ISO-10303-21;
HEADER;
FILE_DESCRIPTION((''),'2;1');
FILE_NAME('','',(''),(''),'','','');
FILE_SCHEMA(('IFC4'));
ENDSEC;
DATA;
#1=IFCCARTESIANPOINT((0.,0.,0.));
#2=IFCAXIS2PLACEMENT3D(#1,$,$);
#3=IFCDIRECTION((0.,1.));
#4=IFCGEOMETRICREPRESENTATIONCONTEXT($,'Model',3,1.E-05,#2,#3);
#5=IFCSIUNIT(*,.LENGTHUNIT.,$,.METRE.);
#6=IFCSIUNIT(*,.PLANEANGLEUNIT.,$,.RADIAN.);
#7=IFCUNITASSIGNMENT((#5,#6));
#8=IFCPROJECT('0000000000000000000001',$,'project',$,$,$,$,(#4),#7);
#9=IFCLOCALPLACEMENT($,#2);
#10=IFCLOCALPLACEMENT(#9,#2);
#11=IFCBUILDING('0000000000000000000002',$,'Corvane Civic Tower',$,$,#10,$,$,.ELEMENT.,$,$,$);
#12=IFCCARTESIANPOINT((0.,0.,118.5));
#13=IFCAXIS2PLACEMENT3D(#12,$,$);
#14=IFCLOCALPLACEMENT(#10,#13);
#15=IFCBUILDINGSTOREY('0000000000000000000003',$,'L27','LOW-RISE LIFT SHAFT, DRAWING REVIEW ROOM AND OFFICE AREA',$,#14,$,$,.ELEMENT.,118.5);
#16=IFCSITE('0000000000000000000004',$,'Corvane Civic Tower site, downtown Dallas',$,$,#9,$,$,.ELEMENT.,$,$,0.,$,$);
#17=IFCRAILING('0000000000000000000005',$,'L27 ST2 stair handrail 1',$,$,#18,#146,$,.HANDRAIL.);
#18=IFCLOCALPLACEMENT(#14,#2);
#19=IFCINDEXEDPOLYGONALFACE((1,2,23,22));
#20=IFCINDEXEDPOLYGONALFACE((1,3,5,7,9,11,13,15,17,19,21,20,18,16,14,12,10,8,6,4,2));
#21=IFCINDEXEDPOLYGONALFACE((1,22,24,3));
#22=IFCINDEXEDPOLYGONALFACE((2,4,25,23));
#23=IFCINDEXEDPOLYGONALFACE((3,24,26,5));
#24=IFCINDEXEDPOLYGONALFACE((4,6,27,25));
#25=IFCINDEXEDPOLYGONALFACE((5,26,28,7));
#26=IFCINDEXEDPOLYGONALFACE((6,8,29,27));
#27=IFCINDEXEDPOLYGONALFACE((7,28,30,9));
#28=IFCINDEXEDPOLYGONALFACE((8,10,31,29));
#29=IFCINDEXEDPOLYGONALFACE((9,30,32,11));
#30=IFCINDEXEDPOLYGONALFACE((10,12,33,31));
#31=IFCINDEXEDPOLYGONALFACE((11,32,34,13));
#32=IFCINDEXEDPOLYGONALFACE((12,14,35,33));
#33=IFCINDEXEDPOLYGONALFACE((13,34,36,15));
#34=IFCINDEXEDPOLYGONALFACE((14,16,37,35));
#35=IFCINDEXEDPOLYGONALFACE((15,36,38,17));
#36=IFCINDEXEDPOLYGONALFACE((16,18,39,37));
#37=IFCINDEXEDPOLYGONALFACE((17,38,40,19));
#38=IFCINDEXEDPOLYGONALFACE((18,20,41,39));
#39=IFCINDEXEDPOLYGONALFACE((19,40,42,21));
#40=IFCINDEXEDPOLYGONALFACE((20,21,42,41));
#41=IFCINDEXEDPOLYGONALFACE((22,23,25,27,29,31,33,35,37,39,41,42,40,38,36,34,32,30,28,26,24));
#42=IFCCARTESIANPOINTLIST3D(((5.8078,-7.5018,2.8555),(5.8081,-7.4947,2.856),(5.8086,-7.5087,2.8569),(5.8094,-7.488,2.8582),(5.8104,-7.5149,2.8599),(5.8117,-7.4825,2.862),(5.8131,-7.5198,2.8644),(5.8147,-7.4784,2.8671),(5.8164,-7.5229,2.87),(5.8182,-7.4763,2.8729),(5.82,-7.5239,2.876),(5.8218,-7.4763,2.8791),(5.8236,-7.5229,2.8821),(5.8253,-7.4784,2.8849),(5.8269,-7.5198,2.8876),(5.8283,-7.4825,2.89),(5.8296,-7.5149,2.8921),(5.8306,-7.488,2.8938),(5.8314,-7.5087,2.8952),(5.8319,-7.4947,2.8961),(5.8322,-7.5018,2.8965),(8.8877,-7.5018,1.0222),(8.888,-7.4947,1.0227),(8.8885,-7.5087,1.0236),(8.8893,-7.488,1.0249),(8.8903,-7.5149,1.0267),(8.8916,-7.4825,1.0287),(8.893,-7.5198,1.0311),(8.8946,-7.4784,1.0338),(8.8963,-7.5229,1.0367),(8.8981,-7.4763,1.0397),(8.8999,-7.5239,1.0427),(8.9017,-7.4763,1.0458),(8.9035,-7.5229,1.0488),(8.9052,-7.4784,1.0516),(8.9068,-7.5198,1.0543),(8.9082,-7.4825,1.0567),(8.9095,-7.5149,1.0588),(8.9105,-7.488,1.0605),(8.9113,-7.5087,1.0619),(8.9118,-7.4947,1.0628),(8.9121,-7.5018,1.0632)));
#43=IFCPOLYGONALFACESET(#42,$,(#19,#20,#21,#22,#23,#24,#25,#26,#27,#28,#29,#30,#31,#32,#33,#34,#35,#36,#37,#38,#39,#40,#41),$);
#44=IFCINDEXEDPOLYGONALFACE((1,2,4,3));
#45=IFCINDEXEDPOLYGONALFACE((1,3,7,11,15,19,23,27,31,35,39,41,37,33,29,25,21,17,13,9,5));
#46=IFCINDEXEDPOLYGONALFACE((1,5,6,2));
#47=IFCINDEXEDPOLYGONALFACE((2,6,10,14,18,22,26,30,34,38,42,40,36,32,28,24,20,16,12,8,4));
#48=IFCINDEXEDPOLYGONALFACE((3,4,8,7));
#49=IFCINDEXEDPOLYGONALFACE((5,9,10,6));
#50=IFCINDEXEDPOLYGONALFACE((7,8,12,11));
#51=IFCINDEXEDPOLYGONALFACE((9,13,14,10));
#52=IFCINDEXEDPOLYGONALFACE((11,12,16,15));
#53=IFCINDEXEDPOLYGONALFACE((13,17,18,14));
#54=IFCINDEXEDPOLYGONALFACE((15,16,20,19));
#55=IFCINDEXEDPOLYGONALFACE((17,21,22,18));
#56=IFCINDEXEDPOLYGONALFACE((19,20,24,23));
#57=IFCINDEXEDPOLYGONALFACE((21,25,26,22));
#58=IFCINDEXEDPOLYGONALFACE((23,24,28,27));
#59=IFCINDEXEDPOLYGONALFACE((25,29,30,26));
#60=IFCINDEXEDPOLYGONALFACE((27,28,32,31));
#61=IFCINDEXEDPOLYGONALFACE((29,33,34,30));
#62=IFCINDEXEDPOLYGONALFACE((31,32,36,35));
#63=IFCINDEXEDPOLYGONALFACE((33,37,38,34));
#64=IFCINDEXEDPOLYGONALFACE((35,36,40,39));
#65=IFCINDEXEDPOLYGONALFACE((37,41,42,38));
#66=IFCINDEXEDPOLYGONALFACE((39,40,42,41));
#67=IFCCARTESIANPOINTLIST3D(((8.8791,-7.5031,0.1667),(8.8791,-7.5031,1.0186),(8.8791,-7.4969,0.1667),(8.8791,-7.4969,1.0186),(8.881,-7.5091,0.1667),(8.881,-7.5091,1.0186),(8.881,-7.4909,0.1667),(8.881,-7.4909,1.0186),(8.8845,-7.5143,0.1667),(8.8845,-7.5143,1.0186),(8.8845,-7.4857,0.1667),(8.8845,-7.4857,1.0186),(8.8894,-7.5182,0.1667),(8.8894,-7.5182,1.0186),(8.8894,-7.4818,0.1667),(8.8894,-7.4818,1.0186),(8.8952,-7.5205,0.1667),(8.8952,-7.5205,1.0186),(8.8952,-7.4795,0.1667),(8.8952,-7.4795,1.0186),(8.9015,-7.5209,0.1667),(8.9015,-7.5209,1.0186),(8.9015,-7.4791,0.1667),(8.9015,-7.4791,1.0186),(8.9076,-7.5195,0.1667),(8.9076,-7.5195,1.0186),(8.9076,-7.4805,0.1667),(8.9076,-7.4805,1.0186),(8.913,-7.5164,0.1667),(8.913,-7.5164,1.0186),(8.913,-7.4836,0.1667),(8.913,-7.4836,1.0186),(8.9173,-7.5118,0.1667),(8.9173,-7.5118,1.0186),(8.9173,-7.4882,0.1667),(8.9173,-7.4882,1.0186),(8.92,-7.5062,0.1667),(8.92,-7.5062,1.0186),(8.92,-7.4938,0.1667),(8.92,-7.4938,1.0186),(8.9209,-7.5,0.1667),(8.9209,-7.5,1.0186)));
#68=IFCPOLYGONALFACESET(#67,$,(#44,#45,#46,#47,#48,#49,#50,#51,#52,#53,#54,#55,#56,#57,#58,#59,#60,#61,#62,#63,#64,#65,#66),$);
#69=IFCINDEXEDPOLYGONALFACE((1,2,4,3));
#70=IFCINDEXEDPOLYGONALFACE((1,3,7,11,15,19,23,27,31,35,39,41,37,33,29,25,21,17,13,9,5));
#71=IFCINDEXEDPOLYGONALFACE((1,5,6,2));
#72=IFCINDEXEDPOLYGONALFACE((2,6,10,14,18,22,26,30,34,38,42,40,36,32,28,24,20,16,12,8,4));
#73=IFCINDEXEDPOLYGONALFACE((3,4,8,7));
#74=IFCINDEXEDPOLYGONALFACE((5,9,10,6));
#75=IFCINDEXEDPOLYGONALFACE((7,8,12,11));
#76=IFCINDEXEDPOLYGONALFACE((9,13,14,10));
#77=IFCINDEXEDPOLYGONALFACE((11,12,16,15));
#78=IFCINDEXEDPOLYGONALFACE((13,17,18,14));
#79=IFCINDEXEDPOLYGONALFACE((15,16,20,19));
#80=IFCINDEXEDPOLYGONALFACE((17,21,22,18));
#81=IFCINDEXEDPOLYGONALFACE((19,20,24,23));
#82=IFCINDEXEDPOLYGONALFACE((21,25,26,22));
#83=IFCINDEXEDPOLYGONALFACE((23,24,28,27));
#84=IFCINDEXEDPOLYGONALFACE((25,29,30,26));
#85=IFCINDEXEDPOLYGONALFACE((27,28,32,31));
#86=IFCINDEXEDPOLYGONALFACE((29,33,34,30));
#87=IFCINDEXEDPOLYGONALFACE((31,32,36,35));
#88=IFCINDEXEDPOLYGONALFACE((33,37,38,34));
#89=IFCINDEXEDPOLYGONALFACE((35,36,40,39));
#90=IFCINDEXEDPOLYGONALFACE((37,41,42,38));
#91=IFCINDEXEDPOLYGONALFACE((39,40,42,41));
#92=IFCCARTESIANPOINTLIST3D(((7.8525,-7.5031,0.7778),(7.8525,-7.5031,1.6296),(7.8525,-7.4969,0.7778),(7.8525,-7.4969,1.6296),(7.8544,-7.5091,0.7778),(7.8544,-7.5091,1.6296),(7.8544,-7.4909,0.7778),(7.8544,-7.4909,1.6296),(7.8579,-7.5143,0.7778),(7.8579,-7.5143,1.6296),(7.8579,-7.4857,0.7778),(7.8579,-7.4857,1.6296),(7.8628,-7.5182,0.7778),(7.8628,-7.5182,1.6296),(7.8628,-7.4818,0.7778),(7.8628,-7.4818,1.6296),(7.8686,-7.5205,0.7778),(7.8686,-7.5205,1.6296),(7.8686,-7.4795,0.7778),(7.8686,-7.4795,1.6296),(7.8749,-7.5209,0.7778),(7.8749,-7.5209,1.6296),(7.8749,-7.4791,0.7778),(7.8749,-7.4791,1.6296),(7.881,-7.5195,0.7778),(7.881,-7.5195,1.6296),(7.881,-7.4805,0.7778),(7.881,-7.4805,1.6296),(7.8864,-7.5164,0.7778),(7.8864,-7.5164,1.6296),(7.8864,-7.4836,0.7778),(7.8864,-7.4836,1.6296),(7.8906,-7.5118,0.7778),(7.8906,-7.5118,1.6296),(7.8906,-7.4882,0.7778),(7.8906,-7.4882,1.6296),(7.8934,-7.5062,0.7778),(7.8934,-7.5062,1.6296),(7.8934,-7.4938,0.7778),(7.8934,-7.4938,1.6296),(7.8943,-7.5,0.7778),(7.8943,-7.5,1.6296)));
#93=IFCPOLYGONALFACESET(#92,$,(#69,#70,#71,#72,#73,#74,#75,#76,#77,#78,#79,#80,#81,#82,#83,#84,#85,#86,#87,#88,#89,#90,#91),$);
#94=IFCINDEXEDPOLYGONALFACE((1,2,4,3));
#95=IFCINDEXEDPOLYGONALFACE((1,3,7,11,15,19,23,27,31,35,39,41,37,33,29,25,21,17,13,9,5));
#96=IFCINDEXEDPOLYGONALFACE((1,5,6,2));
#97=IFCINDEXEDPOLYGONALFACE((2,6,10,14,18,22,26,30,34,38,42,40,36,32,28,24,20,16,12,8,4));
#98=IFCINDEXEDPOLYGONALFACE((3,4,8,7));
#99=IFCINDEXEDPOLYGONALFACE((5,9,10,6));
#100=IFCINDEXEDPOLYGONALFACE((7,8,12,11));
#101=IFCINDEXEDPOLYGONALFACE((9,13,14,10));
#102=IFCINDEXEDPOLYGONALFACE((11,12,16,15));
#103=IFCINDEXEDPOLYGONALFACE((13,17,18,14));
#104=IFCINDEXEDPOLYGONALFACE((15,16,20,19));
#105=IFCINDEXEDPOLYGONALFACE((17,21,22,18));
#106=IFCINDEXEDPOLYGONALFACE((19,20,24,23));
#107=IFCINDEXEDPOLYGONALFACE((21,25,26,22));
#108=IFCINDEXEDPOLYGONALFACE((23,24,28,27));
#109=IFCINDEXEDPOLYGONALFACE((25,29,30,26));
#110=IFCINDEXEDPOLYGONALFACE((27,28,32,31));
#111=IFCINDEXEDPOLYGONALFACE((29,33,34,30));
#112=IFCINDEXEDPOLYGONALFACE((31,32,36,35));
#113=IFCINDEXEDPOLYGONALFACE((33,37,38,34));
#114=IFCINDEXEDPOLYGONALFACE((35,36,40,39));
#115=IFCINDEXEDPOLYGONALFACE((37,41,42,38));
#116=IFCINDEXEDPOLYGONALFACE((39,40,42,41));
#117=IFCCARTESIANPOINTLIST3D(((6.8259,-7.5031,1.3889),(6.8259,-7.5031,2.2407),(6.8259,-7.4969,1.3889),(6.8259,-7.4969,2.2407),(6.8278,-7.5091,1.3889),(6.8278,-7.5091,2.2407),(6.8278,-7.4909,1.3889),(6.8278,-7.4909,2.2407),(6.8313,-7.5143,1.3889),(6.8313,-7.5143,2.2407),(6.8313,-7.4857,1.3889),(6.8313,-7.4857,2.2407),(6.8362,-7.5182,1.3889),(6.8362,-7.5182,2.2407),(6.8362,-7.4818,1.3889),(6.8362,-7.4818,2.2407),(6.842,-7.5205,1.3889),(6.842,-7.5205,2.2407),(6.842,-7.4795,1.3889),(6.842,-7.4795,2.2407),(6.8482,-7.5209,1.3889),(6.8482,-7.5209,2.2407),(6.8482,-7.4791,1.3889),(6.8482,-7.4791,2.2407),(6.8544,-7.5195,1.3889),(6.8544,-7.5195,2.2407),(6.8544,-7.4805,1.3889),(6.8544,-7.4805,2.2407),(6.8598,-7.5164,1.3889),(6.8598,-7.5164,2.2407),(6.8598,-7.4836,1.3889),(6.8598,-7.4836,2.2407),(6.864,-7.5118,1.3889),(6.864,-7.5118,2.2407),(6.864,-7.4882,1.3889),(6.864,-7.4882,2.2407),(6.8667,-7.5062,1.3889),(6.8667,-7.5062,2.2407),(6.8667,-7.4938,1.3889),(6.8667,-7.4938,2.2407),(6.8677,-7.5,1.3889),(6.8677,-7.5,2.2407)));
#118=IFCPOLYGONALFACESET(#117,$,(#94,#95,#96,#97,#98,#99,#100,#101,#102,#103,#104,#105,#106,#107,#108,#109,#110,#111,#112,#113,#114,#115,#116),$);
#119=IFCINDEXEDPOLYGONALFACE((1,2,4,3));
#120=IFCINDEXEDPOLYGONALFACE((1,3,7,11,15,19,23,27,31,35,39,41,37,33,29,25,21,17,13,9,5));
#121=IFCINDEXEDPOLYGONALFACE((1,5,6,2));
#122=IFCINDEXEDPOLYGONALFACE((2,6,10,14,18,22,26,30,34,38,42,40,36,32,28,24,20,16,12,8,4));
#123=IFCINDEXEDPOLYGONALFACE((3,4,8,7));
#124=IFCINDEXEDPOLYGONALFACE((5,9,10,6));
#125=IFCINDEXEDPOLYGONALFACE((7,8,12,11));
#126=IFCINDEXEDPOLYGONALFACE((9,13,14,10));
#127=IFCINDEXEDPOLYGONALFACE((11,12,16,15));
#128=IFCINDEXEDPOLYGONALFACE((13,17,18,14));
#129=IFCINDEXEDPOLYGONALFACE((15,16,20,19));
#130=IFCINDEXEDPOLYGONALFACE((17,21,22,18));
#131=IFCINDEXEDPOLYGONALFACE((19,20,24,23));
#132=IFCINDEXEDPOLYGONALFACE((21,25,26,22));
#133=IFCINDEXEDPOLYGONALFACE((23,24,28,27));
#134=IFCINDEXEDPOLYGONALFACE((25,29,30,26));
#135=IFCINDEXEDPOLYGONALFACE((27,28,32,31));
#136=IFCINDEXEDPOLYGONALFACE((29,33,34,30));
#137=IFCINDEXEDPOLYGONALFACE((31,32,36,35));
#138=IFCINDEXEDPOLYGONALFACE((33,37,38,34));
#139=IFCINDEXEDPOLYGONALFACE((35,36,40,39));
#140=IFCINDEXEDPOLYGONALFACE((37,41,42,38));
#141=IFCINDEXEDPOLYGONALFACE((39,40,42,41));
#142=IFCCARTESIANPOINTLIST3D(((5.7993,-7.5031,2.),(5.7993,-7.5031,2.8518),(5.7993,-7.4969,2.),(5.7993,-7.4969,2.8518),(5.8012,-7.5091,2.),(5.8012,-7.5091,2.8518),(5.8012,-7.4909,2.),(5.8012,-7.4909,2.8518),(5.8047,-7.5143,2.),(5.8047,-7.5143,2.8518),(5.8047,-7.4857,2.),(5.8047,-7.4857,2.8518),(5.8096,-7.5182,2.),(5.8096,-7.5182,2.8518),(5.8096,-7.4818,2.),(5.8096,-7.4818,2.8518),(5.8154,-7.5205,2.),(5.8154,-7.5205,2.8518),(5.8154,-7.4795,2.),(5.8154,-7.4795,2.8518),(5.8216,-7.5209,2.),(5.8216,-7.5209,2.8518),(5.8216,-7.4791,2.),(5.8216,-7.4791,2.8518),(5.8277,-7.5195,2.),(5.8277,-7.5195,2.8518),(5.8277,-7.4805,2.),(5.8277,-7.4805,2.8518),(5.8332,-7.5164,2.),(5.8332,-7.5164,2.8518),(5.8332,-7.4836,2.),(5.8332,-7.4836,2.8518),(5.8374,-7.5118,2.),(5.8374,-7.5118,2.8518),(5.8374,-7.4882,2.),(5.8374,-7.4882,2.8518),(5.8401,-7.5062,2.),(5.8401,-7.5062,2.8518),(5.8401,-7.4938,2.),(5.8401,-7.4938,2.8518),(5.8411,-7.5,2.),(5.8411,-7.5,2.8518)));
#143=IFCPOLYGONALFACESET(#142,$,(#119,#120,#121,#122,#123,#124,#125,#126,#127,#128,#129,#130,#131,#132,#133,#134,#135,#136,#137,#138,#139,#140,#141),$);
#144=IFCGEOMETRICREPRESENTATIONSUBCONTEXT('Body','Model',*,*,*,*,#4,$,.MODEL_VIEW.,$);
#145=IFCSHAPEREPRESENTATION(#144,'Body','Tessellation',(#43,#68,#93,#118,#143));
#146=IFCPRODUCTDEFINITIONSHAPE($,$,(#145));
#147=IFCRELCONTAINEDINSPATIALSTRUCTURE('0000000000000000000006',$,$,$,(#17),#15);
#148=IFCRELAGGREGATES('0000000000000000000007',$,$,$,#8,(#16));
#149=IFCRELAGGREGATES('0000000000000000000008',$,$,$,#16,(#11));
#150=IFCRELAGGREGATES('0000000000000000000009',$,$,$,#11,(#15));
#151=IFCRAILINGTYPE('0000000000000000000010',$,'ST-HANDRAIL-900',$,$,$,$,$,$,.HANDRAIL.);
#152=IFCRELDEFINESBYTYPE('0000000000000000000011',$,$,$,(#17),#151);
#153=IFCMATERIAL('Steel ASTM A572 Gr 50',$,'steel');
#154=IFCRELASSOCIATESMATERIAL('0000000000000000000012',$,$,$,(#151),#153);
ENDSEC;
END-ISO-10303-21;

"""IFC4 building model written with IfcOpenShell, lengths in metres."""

from ifc_helpers import new_model, si_unit, direction, frame, origin, origin_2d, place, context, subcontext, project, spatial, circle, extrude, material, type_object, element, save


model = new_model("IFC4")

# Units and contexts
model_context = context("Model", 3, precision=1e-05, world=origin(), true_north=direction((0.0, 1.0)))
body_context = subcontext(model_context, "Body", "Model", "MODEL_VIEW")
ifc_project = project(units=[si_unit("LENGTHUNIT", "METRE"), si_unit("PLANEANGLEUNIT", "RADIAN")], contexts=[model_context])

# Site, building, storey
site_placement = place(None, origin())
site = spatial("IfcSite", under=ifc_project, at=site_placement, Name="Corvane Civic Tower site, downtown Dallas", CompositionType="ELEMENT", RefElevation=0.0)
building_placement = place(site_placement, origin())
building = spatial("IfcBuilding", under=site, at=building_placement, Name="Corvane Civic Tower", CompositionType="ELEMENT")
storey_placement = place(building_placement, frame((0.0, 0.0, 118.5)))
storey = spatial("IfcBuildingStorey", under=building, at=storey_placement, Name="L27", Description="LOW-RISE LIFT SHAFT, DRAWING REVIEW ROOM AND OFFICE AREA", CompositionType="ELEMENT", Elevation=118.5)

# Railing
ifc_material_1 = material(Name="Steel ASTM A572 Gr 50", Category="steel")
railing_type_1 = type_object("IfcRailingType", Name="ST-HANDRAIL-900", PredefinedType="HANDRAIL", material=ifc_material_1)
railing_1_placement = place(storey_placement, frame((8.8999, -7.5, 0.1667)))
element("IfcRailing", 1, at=railing_1_placement, inside=storey, type_object=railing_type_1, Name="L27 ST2 stair handrail 1", PredefinedType="HANDRAIL", context=body_context, shape_type="SweptSolid", body=[
    extrude(circle(Radius=0.0239, at=origin_2d()), frame((0.0, 0.0, 0.876), z_axis=(-0.859291, 0.0, 0.511487), x_axis=(0.0, -1.0, 0.0)), (0.0, 0.0, 1.0), 3.5842),
    extrude(circle(Radius=0.021, at=origin_2d()), origin(), (0.0, 0.0, 1.0), 0.8518),
    extrude(circle(Radius=0.021, at=origin_2d()), frame((-1.0266, 0.0, 0.6111)), (0.0, 0.0, 1.0), 0.8518),
    extrude(circle(Radius=0.021, at=origin_2d()), frame((-2.0532, 0.0, 1.2222)), (0.0, 0.0, 1.0), 0.8518),
    extrude(circle(Radius=0.021, at=origin_2d()), frame((-3.0798, 0.0, 1.8333)), (0.0, 0.0, 1.0), 0.8518),
])

save(model, "model.ifc")
